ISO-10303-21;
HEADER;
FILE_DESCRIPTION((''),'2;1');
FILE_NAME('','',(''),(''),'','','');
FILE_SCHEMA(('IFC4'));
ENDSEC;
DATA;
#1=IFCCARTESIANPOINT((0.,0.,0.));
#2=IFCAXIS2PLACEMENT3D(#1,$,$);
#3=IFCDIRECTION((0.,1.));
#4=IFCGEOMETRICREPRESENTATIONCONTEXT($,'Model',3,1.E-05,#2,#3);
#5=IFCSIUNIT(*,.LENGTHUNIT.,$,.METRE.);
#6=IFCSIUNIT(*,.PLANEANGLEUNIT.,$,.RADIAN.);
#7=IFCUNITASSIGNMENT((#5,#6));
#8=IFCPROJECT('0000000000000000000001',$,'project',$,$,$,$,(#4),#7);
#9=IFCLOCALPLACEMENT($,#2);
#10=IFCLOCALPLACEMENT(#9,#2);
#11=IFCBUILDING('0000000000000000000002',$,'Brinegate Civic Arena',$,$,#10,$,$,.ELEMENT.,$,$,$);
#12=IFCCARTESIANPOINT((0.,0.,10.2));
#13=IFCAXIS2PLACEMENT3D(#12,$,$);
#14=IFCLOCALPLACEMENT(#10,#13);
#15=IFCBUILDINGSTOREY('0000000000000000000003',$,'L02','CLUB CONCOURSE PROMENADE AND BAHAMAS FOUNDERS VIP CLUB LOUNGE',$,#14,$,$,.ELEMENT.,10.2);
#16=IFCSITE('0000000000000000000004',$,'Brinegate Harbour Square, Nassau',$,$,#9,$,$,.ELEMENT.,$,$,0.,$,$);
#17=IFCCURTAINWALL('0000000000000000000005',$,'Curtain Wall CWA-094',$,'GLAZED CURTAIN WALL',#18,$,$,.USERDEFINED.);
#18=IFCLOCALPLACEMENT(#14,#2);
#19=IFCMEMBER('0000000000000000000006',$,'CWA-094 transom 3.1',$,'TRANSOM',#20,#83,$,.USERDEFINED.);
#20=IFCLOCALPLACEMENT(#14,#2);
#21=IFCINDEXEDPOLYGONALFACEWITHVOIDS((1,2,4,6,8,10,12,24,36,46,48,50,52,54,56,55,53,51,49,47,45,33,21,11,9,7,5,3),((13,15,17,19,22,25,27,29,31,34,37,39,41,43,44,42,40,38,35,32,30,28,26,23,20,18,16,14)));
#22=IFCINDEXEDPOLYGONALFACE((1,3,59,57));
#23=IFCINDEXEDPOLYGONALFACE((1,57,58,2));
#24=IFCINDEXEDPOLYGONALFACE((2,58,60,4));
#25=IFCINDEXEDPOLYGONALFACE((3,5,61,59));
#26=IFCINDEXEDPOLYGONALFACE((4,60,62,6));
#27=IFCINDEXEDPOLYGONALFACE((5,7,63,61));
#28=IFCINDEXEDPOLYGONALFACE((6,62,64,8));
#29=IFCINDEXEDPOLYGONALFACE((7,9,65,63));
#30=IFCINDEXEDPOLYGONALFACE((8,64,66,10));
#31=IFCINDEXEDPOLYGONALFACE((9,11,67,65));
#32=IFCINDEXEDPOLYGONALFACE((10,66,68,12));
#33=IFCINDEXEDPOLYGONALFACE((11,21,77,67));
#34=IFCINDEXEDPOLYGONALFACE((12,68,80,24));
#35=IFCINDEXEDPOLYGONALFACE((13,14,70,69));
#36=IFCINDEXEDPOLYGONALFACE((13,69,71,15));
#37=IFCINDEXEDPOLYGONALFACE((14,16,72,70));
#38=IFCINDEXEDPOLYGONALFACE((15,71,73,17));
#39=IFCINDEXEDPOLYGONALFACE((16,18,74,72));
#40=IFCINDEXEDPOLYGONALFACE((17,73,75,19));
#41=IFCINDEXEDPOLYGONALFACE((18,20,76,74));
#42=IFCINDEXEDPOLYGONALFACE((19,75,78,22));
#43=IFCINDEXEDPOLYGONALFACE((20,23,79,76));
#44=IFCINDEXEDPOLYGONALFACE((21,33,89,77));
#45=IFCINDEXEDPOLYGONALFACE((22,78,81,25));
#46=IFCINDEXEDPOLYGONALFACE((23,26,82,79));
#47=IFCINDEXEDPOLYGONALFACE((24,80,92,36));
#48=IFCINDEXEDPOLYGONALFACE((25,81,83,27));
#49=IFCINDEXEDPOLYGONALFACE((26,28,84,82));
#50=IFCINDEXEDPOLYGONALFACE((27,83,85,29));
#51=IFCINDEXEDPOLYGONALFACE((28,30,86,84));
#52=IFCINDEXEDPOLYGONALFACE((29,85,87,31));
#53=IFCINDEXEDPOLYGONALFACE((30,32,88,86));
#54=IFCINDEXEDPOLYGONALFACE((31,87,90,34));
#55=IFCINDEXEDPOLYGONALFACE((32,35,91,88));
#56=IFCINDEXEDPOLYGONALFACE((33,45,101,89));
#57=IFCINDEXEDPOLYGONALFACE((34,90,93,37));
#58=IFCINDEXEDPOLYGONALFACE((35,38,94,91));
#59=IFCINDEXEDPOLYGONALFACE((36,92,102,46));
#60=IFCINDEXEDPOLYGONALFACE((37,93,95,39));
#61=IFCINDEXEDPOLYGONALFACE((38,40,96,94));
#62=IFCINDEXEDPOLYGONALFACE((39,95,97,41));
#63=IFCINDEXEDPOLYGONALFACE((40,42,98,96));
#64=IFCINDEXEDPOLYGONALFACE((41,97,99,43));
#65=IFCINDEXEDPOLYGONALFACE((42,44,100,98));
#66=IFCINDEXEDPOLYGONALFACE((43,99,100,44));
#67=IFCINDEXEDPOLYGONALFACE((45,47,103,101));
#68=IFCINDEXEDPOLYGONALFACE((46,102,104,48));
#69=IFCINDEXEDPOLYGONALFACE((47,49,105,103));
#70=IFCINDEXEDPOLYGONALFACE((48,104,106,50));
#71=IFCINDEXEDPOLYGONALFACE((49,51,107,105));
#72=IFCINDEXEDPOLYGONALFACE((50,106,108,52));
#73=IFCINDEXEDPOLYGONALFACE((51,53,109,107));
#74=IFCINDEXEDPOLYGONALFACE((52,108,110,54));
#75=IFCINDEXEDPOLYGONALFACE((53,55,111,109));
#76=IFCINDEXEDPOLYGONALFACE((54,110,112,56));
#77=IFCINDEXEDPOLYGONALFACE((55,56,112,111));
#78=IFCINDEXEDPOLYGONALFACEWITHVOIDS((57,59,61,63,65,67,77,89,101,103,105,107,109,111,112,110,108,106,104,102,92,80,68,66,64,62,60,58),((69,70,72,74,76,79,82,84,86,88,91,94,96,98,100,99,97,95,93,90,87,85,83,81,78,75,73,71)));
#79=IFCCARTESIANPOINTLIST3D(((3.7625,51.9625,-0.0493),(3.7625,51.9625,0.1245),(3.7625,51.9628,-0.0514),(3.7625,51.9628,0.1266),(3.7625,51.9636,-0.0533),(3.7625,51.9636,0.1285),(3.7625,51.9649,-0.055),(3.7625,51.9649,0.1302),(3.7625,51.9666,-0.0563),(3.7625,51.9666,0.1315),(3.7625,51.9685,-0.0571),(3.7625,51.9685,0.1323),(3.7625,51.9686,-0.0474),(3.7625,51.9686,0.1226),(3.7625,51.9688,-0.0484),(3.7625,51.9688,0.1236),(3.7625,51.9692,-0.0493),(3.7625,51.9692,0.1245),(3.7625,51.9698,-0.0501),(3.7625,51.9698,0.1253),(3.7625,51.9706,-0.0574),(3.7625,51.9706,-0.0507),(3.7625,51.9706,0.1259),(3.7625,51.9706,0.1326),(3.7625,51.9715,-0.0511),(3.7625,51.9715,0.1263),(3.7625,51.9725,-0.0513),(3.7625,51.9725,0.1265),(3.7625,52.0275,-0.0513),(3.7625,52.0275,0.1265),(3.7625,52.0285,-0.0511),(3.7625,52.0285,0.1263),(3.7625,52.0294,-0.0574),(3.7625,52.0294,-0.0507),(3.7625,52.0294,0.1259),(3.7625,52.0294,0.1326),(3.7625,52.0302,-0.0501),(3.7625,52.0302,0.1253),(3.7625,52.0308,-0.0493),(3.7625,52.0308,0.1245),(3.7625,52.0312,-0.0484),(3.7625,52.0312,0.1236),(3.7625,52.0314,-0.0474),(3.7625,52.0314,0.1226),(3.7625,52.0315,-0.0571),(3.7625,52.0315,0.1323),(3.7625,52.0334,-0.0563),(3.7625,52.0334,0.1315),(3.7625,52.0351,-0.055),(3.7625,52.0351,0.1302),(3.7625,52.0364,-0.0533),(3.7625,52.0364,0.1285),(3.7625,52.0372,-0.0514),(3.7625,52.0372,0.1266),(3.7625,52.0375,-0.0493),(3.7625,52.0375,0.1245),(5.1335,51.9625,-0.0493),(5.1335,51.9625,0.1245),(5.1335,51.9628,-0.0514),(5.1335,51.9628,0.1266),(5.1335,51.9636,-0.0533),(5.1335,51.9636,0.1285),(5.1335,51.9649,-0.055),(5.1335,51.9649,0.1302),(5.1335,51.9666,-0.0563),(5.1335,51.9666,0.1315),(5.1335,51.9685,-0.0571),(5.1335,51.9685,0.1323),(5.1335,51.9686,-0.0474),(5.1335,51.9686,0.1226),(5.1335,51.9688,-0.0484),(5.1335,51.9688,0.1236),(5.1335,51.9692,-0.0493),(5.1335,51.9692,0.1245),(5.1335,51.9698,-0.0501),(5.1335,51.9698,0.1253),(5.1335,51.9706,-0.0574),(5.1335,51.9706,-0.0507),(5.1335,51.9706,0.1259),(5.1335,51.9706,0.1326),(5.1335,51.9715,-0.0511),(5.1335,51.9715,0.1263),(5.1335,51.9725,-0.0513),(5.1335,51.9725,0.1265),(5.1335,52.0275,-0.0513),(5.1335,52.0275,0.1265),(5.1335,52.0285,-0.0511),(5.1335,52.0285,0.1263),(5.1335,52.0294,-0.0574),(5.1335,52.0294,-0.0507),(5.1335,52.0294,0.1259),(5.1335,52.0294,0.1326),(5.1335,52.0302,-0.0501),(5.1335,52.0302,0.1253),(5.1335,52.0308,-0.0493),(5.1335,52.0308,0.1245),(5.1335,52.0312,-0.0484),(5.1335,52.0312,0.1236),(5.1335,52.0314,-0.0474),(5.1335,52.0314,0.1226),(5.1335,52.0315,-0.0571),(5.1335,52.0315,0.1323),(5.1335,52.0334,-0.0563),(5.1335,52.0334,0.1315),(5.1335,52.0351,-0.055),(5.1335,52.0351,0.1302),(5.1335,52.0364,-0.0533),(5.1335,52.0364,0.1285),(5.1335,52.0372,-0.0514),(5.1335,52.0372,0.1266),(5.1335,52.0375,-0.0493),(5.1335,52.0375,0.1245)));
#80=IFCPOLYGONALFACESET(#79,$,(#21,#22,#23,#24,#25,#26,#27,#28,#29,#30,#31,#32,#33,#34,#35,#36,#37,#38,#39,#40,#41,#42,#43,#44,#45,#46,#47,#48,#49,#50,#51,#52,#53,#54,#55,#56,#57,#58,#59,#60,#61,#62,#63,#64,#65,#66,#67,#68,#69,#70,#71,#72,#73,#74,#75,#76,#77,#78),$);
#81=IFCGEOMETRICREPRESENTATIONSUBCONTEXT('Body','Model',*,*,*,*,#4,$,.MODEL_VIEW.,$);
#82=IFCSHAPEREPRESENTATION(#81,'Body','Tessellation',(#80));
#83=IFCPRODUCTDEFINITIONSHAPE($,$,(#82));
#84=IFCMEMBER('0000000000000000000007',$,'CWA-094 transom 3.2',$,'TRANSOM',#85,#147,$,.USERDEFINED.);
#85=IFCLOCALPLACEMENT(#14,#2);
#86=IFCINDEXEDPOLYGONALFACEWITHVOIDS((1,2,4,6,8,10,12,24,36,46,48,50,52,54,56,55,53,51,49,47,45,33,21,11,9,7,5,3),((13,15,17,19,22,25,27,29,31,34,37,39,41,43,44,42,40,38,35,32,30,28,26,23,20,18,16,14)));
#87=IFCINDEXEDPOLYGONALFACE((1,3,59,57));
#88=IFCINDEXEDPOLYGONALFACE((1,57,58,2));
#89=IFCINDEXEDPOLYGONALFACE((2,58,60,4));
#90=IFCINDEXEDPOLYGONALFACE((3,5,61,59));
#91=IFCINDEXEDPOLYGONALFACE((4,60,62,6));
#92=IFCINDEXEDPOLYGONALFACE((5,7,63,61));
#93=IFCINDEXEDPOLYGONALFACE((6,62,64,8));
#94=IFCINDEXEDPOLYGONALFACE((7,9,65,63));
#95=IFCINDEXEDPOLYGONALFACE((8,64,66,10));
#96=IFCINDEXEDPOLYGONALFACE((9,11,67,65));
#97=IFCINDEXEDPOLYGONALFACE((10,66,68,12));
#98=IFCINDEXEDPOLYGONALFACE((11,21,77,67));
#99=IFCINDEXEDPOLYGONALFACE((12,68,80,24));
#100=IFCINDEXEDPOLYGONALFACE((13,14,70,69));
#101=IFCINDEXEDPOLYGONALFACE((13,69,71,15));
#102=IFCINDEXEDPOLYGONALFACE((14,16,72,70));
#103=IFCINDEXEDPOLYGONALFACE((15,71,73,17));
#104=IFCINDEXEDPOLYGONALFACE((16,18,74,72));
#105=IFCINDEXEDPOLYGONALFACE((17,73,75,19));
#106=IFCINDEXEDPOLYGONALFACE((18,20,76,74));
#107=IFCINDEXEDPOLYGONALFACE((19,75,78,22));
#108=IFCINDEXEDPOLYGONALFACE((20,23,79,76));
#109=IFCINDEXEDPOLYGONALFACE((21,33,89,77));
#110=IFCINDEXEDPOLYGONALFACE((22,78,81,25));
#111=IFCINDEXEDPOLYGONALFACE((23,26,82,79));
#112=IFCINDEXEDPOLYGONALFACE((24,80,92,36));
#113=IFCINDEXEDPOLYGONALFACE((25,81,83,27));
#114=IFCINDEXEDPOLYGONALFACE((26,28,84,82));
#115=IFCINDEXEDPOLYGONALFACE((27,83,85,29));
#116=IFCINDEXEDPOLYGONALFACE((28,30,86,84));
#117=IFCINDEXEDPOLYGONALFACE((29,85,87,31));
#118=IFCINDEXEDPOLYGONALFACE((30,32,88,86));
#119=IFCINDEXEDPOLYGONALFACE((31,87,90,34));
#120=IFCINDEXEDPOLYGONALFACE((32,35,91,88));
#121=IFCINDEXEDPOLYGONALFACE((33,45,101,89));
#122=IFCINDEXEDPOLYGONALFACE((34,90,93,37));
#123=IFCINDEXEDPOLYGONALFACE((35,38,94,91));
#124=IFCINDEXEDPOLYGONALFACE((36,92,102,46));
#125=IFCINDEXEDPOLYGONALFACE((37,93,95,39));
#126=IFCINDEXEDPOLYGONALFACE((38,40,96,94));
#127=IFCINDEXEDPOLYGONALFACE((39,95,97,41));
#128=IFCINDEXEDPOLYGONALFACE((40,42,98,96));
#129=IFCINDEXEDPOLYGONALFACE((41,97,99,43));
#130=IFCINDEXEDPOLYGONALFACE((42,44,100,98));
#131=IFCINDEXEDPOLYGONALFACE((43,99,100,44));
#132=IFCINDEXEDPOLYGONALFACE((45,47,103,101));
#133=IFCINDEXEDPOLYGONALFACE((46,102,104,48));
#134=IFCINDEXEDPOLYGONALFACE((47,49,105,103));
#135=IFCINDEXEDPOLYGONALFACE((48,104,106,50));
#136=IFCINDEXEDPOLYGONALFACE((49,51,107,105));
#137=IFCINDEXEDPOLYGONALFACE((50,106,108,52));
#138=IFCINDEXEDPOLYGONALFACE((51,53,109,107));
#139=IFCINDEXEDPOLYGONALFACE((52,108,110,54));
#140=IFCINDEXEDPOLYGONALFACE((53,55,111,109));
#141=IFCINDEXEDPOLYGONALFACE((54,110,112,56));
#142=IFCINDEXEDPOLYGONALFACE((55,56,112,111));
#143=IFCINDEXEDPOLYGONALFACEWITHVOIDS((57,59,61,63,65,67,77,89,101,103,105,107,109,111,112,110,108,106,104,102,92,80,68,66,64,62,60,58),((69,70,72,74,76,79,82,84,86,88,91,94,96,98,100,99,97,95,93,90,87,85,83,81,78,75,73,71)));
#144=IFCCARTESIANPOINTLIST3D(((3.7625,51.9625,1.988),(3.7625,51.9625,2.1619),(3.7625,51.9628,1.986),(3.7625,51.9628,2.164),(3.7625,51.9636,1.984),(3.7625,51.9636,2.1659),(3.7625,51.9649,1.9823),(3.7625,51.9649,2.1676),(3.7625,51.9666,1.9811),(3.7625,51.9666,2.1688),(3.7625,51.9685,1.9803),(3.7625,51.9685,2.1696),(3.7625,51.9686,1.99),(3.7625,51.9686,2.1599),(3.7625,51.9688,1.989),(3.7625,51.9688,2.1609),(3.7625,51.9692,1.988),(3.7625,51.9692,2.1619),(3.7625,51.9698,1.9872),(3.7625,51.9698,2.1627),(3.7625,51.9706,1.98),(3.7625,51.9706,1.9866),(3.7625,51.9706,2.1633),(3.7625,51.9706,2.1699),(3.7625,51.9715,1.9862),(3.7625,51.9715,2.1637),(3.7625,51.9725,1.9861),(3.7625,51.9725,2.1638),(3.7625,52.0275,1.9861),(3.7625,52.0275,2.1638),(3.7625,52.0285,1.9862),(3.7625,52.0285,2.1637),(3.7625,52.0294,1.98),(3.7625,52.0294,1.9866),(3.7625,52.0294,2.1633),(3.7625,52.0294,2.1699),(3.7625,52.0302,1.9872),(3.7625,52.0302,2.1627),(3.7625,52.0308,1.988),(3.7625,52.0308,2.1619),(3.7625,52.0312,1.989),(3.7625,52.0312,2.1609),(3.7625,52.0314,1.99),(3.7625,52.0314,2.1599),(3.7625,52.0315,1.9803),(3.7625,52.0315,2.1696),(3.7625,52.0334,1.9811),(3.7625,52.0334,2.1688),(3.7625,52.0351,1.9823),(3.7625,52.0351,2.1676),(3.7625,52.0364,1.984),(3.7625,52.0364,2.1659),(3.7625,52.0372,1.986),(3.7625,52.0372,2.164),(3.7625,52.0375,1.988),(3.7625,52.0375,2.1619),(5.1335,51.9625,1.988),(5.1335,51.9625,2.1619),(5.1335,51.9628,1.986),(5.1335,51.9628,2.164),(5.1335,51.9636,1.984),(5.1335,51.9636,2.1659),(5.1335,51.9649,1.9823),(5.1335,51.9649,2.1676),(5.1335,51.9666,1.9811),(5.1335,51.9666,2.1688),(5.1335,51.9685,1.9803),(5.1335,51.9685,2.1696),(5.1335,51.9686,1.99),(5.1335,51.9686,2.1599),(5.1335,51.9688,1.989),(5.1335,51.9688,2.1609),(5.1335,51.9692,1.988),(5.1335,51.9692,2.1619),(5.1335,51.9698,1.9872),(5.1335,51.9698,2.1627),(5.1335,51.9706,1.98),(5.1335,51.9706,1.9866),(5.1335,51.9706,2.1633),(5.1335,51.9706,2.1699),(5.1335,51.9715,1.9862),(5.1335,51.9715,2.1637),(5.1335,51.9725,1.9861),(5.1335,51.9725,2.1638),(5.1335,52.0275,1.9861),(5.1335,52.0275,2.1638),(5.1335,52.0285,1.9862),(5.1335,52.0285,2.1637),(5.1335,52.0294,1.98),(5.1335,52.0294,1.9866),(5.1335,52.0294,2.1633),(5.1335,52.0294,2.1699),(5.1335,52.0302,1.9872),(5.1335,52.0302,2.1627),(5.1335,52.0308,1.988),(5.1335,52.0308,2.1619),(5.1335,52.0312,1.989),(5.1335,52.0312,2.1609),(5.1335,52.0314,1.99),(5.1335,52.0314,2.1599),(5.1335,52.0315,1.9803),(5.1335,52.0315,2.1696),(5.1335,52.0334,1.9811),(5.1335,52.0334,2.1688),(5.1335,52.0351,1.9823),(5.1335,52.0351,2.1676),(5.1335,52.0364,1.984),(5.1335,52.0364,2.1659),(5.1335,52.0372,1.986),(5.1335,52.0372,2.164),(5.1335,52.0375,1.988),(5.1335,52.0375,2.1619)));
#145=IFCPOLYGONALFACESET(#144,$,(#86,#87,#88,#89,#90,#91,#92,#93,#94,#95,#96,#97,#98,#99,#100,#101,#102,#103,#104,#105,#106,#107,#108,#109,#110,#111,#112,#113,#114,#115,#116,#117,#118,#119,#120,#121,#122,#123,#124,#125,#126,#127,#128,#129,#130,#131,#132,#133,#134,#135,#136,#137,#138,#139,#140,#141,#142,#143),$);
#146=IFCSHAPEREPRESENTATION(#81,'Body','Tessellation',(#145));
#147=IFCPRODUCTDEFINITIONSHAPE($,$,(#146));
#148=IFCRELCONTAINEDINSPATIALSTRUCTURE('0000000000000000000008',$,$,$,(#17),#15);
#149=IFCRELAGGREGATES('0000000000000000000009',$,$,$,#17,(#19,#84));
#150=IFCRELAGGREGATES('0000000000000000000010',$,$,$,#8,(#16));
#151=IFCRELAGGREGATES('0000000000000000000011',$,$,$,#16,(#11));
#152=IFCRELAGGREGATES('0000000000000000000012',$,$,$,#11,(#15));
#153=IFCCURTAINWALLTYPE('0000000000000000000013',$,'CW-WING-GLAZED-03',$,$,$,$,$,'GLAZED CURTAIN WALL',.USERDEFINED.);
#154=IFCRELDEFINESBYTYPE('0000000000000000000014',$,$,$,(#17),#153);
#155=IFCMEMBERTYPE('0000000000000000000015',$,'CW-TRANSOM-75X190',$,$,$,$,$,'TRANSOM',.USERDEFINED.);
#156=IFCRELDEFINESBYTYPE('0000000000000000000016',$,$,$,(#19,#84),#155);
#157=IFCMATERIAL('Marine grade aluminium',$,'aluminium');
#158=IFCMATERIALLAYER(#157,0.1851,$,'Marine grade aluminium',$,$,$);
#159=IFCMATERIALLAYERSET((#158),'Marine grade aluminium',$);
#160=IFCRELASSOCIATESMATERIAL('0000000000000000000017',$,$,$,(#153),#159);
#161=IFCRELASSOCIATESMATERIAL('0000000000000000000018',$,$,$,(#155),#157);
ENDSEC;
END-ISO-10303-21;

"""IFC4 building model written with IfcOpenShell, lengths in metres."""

from ifc_helpers import new_model, si_unit, direction, frame, origin, origin_2d, place, context, subcontext, project, spatial, hollow_rectangle, extrude, material, layer, layer_set, material_profile, profile_set, type_object, element, aggregate, save


model = new_model("IFC4")

# Units and contexts
model_context = context("Model", 3, precision=1e-05, world=origin(), true_north=direction((0.0, 1.0)))
body_context = subcontext(model_context, "Body", "Model", "MODEL_VIEW")
ifc_project = project(units=[si_unit("LENGTHUNIT", "METRE"), si_unit("PLANEANGLEUNIT", "RADIAN")], contexts=[model_context])

# Site, building, storey
site_placement = place(None, origin())
site = spatial("IfcSite", under=ifc_project, at=site_placement, Name="Brinegate Harbour Square, Nassau", CompositionType="ELEMENT", RefElevation=0.0)
building_placement = place(site_placement, origin())
building = spatial("IfcBuilding", under=site, at=building_placement, Name="Brinegate Civic Arena", CompositionType="ELEMENT")
storey_placement = place(building_placement, frame((0.0, 0.0, 10.2)))
storey = spatial("IfcBuildingStorey", under=building, at=storey_placement, Name="L02", Description="CLUB CONCOURSE PROMENADE AND BAHAMAS FOUNDERS VIP CLUB LOUNGE", CompositionType="ELEMENT", Elevation=10.2)

# Curtain wall, members
ifc_material_1 = material(Name="Marine grade aluminium", Category="aluminium")
ifc_layer_1 = layer(ifc_material_1, 0.1851, Name="Marine grade aluminium")
ifc_layer_set_1 = layer_set([ifc_layer_1], Name="Marine grade aluminium")
curtain_wall_type = type_object("IfcCurtainWallType", Name="CW-WING-GLAZED-03", ElementType="GLAZED CURTAIN WALL", PredefinedType="USERDEFINED", material=ifc_layer_set_1)
curtain_wall_placement = place(storey_placement, origin())
curtain_wall = element("IfcCurtainWall", 1, at=curtain_wall_placement, inside=storey, type_object=curtain_wall_type, Name="Curtain Wall CWA-094", ObjectType="GLAZED CURTAIN WALL", PredefinedType="USERDEFINED")
ifc_material_profile_1 = material_profile(ifc_material_1, hollow_rectangle(XDim=0.075, YDim=0.1899, WallThickness=0.0061, InnerFilletRadius=0.0039, OuterFilletRadius=0.0081, at=origin_2d()), Name="TRN75X190")
ifc_profile_set_1 = profile_set([ifc_material_profile_1], Name="Marine grade aluminium")
member_type_1 = type_object("IfcMemberType", Name="CW-TRANSOM-75X190", ElementType="TRANSOM", PredefinedType="USERDEFINED", material=ifc_profile_set_1)
member_1_placement = place(storey_placement, frame((3.7625, 52.0, 0.0376), z_axis=(1.0, 0.0, 0.0), x_axis=(0.0, 1.0, 0.0)))
member_1 = element("IfcMember", 2, at=member_1_placement, type_object=member_type_1, Name="CWA-094 transom 3.1", ObjectType="TRANSOM", PredefinedType="USERDEFINED", context=body_context, shape_type="SweptSolid", body=[
    extrude(hollow_rectangle(XDim=0.075, YDim=0.1899, WallThickness=0.0061, InnerFilletRadius=0.0039, OuterFilletRadius=0.0081, at=origin_2d()), origin(), (0.0, 0.0, 1.0), 1.3711),
])
member_2_placement = place(storey_placement, frame((3.7625, 52.0, 2.075), z_axis=(1.0, 0.0, 0.0), x_axis=(0.0, 1.0, 0.0)))
member_2 = element("IfcMember", 3, at=member_2_placement, type_object=member_type_1, Name="CWA-094 transom 3.2", ObjectType="TRANSOM", PredefinedType="USERDEFINED", context=body_context, shape_type="SweptSolid", body=[
    extrude(hollow_rectangle(XDim=0.075, YDim=0.1899, WallThickness=0.0061, InnerFilletRadius=0.0039, OuterFilletRadius=0.0081, at=origin_2d()), origin(), (0.0, 0.0, 1.0), 1.3711),
])

aggregate(curtain_wall, [member_1, member_2])

save(model, "model.ifc")
